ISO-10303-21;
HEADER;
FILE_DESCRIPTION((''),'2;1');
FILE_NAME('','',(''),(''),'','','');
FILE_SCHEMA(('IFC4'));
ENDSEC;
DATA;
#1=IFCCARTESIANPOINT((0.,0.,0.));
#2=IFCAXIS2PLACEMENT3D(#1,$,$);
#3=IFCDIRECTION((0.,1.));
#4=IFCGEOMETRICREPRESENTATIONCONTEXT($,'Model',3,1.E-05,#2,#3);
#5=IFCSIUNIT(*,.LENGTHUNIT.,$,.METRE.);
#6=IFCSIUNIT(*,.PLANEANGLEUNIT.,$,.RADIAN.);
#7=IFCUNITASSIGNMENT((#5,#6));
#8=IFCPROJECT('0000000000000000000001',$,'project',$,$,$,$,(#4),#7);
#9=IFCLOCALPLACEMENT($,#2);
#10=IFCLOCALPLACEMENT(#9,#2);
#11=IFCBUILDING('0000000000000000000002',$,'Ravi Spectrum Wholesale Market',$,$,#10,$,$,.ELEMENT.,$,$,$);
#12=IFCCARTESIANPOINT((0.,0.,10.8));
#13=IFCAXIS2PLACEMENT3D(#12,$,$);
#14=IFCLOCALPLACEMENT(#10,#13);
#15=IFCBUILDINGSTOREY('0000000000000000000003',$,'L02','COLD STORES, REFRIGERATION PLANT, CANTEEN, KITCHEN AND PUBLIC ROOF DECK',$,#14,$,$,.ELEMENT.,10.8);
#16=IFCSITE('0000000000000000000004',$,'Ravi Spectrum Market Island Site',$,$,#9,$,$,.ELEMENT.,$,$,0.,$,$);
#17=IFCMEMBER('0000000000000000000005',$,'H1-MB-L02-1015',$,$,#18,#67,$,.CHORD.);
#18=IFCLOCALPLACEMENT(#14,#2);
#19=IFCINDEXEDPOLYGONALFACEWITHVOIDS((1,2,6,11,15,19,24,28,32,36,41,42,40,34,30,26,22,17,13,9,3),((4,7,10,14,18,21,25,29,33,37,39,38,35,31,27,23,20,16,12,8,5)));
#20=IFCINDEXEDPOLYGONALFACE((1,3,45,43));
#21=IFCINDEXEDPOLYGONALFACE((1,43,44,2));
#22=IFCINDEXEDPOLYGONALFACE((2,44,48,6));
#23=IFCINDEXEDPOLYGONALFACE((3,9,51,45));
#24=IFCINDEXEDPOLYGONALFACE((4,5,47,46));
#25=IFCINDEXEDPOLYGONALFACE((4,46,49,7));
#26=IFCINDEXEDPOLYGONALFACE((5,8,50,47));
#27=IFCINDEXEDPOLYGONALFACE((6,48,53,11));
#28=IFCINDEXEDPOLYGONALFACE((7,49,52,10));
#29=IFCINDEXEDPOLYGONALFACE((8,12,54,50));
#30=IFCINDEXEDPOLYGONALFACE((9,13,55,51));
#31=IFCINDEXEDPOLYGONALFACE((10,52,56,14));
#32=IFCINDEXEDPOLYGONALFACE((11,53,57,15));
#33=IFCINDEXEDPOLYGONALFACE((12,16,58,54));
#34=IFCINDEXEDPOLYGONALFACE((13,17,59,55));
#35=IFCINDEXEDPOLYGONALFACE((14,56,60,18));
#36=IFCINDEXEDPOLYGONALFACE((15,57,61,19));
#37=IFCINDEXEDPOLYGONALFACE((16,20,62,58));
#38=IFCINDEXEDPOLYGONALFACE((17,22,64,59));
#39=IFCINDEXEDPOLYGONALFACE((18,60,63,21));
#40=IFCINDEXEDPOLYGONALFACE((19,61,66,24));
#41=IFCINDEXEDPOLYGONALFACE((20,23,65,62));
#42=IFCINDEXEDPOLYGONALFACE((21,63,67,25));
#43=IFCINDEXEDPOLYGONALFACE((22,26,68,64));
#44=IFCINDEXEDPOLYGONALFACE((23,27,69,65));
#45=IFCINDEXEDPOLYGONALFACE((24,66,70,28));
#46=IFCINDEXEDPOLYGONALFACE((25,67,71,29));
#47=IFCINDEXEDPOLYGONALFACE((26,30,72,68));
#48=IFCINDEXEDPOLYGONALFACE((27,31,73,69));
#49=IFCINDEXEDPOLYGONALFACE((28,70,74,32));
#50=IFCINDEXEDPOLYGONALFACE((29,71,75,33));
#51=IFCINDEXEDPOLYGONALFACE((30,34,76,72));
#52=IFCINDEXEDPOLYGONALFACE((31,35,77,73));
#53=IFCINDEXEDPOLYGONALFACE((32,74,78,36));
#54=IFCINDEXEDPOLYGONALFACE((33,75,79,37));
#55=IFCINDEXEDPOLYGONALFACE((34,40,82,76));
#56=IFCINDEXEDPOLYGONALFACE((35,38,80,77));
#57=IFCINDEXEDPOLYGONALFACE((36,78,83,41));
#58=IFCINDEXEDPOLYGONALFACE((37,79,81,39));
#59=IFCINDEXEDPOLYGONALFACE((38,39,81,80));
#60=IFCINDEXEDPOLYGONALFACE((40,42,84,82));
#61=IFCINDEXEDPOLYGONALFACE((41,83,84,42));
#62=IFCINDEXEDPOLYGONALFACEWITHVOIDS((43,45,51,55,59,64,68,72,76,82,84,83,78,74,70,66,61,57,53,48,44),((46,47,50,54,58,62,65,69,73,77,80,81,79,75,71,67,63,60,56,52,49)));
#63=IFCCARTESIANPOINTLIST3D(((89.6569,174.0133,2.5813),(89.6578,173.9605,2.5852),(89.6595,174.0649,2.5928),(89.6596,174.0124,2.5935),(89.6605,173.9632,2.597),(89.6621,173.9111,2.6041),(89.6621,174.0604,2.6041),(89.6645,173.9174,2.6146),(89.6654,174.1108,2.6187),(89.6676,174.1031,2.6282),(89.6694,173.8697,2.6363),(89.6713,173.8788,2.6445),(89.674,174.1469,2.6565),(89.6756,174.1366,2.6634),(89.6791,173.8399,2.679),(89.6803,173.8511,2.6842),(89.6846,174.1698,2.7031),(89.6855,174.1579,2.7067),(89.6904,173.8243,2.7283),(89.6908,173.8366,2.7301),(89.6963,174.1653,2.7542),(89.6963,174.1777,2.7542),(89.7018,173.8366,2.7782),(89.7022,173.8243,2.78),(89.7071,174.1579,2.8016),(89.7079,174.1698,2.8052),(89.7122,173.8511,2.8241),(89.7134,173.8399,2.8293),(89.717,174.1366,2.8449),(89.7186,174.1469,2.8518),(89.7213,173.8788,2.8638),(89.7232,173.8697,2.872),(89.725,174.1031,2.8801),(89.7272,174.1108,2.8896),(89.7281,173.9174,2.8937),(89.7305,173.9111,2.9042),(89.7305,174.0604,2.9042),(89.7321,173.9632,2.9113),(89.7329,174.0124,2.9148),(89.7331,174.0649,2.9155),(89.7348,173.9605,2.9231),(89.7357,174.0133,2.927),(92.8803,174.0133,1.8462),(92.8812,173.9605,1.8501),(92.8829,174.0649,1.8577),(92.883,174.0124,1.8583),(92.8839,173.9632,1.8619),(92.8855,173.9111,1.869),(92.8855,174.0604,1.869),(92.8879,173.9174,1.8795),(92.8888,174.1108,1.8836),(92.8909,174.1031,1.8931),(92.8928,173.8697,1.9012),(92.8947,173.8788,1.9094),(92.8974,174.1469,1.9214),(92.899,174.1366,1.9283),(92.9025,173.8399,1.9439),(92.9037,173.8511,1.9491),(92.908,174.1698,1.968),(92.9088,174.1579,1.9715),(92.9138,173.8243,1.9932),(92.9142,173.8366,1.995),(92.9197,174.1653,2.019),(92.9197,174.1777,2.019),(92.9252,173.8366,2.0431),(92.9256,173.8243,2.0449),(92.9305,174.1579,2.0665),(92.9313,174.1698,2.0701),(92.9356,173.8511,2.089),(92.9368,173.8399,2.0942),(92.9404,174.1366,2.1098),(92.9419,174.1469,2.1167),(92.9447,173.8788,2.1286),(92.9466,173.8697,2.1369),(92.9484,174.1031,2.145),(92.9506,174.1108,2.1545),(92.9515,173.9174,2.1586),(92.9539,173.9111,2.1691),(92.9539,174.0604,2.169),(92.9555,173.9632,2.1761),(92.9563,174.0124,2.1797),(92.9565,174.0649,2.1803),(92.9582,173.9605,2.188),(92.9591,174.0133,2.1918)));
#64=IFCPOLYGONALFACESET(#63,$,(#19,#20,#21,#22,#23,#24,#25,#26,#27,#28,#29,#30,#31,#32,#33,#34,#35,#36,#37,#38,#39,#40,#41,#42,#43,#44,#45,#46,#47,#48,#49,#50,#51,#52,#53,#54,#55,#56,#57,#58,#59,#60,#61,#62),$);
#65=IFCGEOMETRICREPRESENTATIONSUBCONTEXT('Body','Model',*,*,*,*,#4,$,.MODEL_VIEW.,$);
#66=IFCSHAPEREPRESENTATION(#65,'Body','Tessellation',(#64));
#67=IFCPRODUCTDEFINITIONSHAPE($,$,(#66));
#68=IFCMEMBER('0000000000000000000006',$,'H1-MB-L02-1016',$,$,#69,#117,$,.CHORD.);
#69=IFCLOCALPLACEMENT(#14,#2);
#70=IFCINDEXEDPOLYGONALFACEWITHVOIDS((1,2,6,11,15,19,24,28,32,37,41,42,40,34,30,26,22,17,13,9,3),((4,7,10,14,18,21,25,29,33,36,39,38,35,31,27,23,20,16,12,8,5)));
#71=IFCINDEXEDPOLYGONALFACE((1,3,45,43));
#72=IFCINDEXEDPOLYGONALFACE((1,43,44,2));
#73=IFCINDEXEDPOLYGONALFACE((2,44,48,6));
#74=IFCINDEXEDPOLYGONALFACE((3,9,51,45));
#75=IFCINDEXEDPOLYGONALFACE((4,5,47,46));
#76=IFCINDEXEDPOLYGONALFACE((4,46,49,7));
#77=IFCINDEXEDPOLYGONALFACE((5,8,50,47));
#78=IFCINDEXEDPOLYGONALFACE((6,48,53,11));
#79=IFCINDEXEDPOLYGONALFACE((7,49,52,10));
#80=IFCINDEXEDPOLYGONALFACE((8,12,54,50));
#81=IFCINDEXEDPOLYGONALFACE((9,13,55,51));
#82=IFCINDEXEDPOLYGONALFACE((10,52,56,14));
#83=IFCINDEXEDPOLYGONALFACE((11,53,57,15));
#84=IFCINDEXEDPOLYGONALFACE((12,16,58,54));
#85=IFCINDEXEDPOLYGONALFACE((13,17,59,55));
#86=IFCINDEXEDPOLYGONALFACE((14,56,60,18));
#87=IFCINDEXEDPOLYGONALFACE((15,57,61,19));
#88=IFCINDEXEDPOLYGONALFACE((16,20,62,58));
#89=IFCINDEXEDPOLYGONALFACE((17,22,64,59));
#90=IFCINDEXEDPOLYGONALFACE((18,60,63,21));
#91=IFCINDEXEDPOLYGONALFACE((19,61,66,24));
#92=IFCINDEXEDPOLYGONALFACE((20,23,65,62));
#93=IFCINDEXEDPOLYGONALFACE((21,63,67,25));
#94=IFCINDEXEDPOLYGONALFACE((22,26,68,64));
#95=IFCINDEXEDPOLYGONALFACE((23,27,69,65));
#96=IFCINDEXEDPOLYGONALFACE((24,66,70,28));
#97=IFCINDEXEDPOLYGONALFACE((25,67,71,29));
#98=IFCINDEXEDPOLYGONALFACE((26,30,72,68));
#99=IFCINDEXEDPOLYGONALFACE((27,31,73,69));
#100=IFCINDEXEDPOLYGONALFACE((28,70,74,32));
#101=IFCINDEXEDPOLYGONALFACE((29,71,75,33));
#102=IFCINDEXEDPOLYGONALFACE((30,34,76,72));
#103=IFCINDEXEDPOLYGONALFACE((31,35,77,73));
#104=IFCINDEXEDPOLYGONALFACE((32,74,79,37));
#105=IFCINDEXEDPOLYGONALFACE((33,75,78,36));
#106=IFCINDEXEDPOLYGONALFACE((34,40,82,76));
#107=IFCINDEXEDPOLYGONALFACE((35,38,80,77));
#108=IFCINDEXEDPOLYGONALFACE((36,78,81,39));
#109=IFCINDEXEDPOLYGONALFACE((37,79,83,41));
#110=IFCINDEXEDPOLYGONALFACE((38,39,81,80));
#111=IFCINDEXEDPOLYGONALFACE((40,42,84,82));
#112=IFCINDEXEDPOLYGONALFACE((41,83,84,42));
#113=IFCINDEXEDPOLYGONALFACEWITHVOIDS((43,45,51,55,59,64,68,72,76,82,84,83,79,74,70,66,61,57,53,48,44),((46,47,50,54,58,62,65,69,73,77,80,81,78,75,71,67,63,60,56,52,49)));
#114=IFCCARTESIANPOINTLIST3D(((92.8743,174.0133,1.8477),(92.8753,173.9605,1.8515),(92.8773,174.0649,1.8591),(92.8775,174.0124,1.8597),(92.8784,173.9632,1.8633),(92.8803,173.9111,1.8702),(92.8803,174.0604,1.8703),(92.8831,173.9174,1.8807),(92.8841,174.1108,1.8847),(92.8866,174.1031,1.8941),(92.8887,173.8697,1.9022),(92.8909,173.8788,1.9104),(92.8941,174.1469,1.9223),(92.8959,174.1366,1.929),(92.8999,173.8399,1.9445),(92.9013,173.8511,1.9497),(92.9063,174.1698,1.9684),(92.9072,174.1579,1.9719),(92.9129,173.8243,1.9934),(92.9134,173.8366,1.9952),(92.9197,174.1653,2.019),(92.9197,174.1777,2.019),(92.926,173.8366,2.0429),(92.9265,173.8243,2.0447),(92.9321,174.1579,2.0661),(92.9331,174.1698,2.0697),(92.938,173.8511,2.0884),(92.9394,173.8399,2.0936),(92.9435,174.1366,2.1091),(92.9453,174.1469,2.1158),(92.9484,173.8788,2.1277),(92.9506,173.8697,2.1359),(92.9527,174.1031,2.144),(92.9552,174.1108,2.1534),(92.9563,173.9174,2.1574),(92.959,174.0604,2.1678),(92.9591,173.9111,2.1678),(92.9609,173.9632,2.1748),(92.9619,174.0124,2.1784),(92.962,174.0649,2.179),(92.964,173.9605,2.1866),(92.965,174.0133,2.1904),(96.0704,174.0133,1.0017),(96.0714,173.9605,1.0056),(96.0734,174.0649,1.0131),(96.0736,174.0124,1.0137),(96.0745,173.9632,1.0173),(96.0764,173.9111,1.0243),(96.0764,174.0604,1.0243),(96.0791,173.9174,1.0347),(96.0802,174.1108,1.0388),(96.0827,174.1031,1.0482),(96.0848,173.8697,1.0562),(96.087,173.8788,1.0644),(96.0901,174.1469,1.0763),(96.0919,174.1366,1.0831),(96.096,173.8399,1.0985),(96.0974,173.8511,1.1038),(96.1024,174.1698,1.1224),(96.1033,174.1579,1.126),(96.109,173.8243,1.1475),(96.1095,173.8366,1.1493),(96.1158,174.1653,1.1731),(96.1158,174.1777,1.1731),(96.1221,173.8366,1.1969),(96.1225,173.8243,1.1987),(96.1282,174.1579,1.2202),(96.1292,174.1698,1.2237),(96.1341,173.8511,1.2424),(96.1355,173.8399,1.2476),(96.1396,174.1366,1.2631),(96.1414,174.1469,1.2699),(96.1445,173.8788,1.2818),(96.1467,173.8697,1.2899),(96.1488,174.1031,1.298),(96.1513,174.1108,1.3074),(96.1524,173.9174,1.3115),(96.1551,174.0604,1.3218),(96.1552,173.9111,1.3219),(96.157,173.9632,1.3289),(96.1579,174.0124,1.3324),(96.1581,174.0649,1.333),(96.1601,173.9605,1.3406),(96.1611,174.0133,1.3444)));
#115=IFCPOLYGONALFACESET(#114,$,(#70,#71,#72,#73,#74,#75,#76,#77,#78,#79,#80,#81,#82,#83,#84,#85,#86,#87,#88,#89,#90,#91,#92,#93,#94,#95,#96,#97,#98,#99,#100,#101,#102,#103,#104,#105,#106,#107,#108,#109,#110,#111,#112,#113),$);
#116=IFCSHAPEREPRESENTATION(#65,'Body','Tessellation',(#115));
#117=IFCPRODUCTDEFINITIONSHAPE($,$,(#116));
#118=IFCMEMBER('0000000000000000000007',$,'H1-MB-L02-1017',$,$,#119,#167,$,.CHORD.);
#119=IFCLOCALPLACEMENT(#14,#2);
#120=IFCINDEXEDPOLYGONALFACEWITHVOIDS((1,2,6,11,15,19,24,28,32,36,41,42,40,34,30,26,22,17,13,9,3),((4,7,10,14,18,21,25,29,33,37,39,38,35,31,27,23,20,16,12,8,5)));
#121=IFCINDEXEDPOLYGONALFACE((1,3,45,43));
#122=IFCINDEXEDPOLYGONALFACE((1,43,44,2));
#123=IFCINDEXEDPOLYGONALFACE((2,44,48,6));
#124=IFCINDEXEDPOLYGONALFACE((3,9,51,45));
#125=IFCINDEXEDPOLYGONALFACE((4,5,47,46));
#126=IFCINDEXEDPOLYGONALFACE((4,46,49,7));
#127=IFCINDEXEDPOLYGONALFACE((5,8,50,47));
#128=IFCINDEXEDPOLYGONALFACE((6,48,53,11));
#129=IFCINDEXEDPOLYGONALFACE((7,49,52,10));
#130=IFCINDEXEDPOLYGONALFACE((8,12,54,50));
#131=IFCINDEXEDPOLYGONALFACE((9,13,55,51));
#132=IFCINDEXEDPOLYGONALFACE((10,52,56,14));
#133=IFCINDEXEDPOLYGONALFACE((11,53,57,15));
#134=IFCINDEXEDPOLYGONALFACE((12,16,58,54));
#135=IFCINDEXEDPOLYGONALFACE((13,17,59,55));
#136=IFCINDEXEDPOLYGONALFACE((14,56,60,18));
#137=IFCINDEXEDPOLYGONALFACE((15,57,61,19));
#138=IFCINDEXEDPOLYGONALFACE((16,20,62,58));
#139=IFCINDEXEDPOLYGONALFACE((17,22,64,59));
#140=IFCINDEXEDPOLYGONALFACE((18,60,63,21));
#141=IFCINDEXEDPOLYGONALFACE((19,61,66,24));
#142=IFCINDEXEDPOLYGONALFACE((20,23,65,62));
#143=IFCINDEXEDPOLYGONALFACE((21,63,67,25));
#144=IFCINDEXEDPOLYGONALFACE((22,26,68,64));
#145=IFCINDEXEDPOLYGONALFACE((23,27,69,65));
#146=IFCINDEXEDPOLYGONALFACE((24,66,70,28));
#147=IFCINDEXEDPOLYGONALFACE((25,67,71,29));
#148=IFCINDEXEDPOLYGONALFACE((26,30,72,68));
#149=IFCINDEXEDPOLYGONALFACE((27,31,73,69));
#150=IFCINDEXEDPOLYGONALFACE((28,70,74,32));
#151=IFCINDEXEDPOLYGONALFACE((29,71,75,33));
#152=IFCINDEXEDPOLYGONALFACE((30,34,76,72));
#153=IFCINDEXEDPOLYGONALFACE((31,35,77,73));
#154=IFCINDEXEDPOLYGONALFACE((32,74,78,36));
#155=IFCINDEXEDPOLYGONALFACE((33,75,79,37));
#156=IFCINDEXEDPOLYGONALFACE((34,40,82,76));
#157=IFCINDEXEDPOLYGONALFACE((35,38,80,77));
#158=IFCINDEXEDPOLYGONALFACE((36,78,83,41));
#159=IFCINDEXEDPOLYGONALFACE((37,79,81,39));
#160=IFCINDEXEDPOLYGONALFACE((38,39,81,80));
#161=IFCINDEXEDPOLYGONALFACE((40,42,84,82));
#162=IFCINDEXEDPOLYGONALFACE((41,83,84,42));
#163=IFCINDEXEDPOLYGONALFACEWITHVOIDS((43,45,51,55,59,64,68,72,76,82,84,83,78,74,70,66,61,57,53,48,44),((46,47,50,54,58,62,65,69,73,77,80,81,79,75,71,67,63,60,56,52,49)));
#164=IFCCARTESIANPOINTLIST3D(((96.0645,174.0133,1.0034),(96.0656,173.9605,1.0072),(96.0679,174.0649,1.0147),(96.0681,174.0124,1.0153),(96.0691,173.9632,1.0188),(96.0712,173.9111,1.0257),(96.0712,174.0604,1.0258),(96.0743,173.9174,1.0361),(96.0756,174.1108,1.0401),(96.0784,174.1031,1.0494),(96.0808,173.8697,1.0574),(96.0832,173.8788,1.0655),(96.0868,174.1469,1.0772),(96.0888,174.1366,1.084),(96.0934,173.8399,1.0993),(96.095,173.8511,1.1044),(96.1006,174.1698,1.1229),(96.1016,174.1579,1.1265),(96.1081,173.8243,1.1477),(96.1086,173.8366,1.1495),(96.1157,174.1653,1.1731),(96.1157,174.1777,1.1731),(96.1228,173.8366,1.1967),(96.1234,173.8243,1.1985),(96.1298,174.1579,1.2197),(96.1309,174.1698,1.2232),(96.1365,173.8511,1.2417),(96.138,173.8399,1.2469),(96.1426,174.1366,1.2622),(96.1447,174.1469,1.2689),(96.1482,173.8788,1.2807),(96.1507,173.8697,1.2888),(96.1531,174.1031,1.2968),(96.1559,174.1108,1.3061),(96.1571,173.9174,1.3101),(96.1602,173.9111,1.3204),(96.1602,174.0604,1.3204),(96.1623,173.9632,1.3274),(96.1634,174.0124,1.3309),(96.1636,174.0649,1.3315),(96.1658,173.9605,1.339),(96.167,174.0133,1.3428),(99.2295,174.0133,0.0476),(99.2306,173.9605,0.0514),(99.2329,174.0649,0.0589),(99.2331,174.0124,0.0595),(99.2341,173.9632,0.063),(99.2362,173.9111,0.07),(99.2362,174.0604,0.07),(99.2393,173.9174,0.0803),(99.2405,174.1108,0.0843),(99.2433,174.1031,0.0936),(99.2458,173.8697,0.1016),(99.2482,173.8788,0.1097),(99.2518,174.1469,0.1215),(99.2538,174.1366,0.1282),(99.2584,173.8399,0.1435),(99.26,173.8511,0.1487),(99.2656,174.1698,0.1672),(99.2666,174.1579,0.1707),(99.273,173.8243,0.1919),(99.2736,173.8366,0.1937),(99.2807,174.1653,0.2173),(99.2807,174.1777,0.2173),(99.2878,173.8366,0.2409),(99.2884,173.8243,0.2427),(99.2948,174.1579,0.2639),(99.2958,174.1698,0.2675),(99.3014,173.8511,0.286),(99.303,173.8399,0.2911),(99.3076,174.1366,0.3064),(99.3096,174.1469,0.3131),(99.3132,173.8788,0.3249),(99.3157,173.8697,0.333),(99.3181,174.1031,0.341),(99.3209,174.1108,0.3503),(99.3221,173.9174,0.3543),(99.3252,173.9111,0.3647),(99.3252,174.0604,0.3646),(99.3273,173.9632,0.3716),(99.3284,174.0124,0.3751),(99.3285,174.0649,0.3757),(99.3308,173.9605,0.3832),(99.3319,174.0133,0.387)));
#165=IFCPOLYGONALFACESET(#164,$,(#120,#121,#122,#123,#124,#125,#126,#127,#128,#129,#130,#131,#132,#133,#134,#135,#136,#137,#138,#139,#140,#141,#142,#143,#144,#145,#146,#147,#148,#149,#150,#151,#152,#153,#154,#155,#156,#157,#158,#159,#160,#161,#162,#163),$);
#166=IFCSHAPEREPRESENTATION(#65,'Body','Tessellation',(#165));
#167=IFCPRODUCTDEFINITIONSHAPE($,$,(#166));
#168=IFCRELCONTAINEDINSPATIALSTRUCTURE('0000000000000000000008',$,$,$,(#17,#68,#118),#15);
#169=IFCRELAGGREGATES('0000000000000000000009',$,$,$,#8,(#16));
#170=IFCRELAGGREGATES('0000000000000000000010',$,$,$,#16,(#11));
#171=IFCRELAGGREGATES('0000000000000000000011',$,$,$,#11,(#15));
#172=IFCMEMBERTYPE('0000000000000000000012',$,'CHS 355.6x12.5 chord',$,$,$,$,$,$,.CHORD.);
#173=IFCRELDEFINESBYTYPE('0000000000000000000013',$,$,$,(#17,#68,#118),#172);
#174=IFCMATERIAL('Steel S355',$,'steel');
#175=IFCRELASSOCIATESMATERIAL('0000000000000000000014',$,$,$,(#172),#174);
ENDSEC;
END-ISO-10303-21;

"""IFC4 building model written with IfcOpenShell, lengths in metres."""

from ifc_helpers import new_model, si_unit, direction, frame, origin, origin_2d, place, context, subcontext, project, spatial, hollow_circle, extrude, material, material_profile, profile_set, type_object, element, save


model = new_model("IFC4")

# Units and contexts
model_context = context("Model", 3, precision=1e-05, world=origin(), true_north=direction((0.0, 1.0)))
body_context = subcontext(model_context, "Body", "Model", "MODEL_VIEW")
ifc_project = project(units=[si_unit("LENGTHUNIT", "METRE"), si_unit("PLANEANGLEUNIT", "RADIAN")], contexts=[model_context])

# Site, building, storey
site_placement = place(None, origin())
site = spatial("IfcSite", under=ifc_project, at=site_placement, Name="Ravi Spectrum Market Island Site", CompositionType="ELEMENT", RefElevation=0.0)
building_placement = place(site_placement, origin())
building = spatial("IfcBuilding", under=site, at=building_placement, Name="Ravi Spectrum Wholesale Market", CompositionType="ELEMENT")
storey_placement = place(building_placement, frame((0.0, 0.0, 10.8)))
storey = spatial("IfcBuildingStorey", under=building, at=storey_placement, Name="L02", Description="COLD STORES, REFRIGERATION PLANT, CANTEEN, KITCHEN AND PUBLIC ROOF DECK", CompositionType="ELEMENT", Elevation=10.8)

# Members
ifc_material_1 = material(Name="Steel S355", Category="steel")
ifc_material_profile_1 = material_profile(ifc_material_1, hollow_circle(Radius=0.1777, WallThickness=0.0125, at=origin_2d()))
ifc_profile_set_1 = profile_set([ifc_material_profile_1], Name="Steel S355")
member_type_1 = type_object("IfcMemberType", Name="CHS 355.6x12.5 chord", PredefinedType="CHORD", material=ifc_profile_set_1)
for number, where, z_axis, x_axis, name in (
    (1, (89.6963, 174.0, 2.7542), (0.974968, 0.0, -0.222346), (0.0, 1.0, 0.0), "H1-MB-L02-1015"),
    (2, (92.9197, 174.0, 2.019), (0.96671, 0.0, -0.255874), (0.0, 1.0, 0.0), "H1-MB-L02-1016"),
    (3, (96.1157, 174.0, 1.1731), (0.9573, 0.0, -0.289095), (0.0, 1.0, 0.0), "H1-MB-L02-1017"),
):
    element("IfcMember", number, at=place(storey_placement, frame(where, z_axis=z_axis, x_axis=x_axis)), inside=storey, type_object=member_type_1, Name=name, PredefinedType="CHORD", context=body_context, shape_type="SweptSolid", body=[
        extrude(hollow_circle(Radius=0.1777, WallThickness=0.0125, at=origin_2d()), origin(), (0.0, 0.0, 1.0), 3.3062),
    ])

save(model, "model.ifc")
